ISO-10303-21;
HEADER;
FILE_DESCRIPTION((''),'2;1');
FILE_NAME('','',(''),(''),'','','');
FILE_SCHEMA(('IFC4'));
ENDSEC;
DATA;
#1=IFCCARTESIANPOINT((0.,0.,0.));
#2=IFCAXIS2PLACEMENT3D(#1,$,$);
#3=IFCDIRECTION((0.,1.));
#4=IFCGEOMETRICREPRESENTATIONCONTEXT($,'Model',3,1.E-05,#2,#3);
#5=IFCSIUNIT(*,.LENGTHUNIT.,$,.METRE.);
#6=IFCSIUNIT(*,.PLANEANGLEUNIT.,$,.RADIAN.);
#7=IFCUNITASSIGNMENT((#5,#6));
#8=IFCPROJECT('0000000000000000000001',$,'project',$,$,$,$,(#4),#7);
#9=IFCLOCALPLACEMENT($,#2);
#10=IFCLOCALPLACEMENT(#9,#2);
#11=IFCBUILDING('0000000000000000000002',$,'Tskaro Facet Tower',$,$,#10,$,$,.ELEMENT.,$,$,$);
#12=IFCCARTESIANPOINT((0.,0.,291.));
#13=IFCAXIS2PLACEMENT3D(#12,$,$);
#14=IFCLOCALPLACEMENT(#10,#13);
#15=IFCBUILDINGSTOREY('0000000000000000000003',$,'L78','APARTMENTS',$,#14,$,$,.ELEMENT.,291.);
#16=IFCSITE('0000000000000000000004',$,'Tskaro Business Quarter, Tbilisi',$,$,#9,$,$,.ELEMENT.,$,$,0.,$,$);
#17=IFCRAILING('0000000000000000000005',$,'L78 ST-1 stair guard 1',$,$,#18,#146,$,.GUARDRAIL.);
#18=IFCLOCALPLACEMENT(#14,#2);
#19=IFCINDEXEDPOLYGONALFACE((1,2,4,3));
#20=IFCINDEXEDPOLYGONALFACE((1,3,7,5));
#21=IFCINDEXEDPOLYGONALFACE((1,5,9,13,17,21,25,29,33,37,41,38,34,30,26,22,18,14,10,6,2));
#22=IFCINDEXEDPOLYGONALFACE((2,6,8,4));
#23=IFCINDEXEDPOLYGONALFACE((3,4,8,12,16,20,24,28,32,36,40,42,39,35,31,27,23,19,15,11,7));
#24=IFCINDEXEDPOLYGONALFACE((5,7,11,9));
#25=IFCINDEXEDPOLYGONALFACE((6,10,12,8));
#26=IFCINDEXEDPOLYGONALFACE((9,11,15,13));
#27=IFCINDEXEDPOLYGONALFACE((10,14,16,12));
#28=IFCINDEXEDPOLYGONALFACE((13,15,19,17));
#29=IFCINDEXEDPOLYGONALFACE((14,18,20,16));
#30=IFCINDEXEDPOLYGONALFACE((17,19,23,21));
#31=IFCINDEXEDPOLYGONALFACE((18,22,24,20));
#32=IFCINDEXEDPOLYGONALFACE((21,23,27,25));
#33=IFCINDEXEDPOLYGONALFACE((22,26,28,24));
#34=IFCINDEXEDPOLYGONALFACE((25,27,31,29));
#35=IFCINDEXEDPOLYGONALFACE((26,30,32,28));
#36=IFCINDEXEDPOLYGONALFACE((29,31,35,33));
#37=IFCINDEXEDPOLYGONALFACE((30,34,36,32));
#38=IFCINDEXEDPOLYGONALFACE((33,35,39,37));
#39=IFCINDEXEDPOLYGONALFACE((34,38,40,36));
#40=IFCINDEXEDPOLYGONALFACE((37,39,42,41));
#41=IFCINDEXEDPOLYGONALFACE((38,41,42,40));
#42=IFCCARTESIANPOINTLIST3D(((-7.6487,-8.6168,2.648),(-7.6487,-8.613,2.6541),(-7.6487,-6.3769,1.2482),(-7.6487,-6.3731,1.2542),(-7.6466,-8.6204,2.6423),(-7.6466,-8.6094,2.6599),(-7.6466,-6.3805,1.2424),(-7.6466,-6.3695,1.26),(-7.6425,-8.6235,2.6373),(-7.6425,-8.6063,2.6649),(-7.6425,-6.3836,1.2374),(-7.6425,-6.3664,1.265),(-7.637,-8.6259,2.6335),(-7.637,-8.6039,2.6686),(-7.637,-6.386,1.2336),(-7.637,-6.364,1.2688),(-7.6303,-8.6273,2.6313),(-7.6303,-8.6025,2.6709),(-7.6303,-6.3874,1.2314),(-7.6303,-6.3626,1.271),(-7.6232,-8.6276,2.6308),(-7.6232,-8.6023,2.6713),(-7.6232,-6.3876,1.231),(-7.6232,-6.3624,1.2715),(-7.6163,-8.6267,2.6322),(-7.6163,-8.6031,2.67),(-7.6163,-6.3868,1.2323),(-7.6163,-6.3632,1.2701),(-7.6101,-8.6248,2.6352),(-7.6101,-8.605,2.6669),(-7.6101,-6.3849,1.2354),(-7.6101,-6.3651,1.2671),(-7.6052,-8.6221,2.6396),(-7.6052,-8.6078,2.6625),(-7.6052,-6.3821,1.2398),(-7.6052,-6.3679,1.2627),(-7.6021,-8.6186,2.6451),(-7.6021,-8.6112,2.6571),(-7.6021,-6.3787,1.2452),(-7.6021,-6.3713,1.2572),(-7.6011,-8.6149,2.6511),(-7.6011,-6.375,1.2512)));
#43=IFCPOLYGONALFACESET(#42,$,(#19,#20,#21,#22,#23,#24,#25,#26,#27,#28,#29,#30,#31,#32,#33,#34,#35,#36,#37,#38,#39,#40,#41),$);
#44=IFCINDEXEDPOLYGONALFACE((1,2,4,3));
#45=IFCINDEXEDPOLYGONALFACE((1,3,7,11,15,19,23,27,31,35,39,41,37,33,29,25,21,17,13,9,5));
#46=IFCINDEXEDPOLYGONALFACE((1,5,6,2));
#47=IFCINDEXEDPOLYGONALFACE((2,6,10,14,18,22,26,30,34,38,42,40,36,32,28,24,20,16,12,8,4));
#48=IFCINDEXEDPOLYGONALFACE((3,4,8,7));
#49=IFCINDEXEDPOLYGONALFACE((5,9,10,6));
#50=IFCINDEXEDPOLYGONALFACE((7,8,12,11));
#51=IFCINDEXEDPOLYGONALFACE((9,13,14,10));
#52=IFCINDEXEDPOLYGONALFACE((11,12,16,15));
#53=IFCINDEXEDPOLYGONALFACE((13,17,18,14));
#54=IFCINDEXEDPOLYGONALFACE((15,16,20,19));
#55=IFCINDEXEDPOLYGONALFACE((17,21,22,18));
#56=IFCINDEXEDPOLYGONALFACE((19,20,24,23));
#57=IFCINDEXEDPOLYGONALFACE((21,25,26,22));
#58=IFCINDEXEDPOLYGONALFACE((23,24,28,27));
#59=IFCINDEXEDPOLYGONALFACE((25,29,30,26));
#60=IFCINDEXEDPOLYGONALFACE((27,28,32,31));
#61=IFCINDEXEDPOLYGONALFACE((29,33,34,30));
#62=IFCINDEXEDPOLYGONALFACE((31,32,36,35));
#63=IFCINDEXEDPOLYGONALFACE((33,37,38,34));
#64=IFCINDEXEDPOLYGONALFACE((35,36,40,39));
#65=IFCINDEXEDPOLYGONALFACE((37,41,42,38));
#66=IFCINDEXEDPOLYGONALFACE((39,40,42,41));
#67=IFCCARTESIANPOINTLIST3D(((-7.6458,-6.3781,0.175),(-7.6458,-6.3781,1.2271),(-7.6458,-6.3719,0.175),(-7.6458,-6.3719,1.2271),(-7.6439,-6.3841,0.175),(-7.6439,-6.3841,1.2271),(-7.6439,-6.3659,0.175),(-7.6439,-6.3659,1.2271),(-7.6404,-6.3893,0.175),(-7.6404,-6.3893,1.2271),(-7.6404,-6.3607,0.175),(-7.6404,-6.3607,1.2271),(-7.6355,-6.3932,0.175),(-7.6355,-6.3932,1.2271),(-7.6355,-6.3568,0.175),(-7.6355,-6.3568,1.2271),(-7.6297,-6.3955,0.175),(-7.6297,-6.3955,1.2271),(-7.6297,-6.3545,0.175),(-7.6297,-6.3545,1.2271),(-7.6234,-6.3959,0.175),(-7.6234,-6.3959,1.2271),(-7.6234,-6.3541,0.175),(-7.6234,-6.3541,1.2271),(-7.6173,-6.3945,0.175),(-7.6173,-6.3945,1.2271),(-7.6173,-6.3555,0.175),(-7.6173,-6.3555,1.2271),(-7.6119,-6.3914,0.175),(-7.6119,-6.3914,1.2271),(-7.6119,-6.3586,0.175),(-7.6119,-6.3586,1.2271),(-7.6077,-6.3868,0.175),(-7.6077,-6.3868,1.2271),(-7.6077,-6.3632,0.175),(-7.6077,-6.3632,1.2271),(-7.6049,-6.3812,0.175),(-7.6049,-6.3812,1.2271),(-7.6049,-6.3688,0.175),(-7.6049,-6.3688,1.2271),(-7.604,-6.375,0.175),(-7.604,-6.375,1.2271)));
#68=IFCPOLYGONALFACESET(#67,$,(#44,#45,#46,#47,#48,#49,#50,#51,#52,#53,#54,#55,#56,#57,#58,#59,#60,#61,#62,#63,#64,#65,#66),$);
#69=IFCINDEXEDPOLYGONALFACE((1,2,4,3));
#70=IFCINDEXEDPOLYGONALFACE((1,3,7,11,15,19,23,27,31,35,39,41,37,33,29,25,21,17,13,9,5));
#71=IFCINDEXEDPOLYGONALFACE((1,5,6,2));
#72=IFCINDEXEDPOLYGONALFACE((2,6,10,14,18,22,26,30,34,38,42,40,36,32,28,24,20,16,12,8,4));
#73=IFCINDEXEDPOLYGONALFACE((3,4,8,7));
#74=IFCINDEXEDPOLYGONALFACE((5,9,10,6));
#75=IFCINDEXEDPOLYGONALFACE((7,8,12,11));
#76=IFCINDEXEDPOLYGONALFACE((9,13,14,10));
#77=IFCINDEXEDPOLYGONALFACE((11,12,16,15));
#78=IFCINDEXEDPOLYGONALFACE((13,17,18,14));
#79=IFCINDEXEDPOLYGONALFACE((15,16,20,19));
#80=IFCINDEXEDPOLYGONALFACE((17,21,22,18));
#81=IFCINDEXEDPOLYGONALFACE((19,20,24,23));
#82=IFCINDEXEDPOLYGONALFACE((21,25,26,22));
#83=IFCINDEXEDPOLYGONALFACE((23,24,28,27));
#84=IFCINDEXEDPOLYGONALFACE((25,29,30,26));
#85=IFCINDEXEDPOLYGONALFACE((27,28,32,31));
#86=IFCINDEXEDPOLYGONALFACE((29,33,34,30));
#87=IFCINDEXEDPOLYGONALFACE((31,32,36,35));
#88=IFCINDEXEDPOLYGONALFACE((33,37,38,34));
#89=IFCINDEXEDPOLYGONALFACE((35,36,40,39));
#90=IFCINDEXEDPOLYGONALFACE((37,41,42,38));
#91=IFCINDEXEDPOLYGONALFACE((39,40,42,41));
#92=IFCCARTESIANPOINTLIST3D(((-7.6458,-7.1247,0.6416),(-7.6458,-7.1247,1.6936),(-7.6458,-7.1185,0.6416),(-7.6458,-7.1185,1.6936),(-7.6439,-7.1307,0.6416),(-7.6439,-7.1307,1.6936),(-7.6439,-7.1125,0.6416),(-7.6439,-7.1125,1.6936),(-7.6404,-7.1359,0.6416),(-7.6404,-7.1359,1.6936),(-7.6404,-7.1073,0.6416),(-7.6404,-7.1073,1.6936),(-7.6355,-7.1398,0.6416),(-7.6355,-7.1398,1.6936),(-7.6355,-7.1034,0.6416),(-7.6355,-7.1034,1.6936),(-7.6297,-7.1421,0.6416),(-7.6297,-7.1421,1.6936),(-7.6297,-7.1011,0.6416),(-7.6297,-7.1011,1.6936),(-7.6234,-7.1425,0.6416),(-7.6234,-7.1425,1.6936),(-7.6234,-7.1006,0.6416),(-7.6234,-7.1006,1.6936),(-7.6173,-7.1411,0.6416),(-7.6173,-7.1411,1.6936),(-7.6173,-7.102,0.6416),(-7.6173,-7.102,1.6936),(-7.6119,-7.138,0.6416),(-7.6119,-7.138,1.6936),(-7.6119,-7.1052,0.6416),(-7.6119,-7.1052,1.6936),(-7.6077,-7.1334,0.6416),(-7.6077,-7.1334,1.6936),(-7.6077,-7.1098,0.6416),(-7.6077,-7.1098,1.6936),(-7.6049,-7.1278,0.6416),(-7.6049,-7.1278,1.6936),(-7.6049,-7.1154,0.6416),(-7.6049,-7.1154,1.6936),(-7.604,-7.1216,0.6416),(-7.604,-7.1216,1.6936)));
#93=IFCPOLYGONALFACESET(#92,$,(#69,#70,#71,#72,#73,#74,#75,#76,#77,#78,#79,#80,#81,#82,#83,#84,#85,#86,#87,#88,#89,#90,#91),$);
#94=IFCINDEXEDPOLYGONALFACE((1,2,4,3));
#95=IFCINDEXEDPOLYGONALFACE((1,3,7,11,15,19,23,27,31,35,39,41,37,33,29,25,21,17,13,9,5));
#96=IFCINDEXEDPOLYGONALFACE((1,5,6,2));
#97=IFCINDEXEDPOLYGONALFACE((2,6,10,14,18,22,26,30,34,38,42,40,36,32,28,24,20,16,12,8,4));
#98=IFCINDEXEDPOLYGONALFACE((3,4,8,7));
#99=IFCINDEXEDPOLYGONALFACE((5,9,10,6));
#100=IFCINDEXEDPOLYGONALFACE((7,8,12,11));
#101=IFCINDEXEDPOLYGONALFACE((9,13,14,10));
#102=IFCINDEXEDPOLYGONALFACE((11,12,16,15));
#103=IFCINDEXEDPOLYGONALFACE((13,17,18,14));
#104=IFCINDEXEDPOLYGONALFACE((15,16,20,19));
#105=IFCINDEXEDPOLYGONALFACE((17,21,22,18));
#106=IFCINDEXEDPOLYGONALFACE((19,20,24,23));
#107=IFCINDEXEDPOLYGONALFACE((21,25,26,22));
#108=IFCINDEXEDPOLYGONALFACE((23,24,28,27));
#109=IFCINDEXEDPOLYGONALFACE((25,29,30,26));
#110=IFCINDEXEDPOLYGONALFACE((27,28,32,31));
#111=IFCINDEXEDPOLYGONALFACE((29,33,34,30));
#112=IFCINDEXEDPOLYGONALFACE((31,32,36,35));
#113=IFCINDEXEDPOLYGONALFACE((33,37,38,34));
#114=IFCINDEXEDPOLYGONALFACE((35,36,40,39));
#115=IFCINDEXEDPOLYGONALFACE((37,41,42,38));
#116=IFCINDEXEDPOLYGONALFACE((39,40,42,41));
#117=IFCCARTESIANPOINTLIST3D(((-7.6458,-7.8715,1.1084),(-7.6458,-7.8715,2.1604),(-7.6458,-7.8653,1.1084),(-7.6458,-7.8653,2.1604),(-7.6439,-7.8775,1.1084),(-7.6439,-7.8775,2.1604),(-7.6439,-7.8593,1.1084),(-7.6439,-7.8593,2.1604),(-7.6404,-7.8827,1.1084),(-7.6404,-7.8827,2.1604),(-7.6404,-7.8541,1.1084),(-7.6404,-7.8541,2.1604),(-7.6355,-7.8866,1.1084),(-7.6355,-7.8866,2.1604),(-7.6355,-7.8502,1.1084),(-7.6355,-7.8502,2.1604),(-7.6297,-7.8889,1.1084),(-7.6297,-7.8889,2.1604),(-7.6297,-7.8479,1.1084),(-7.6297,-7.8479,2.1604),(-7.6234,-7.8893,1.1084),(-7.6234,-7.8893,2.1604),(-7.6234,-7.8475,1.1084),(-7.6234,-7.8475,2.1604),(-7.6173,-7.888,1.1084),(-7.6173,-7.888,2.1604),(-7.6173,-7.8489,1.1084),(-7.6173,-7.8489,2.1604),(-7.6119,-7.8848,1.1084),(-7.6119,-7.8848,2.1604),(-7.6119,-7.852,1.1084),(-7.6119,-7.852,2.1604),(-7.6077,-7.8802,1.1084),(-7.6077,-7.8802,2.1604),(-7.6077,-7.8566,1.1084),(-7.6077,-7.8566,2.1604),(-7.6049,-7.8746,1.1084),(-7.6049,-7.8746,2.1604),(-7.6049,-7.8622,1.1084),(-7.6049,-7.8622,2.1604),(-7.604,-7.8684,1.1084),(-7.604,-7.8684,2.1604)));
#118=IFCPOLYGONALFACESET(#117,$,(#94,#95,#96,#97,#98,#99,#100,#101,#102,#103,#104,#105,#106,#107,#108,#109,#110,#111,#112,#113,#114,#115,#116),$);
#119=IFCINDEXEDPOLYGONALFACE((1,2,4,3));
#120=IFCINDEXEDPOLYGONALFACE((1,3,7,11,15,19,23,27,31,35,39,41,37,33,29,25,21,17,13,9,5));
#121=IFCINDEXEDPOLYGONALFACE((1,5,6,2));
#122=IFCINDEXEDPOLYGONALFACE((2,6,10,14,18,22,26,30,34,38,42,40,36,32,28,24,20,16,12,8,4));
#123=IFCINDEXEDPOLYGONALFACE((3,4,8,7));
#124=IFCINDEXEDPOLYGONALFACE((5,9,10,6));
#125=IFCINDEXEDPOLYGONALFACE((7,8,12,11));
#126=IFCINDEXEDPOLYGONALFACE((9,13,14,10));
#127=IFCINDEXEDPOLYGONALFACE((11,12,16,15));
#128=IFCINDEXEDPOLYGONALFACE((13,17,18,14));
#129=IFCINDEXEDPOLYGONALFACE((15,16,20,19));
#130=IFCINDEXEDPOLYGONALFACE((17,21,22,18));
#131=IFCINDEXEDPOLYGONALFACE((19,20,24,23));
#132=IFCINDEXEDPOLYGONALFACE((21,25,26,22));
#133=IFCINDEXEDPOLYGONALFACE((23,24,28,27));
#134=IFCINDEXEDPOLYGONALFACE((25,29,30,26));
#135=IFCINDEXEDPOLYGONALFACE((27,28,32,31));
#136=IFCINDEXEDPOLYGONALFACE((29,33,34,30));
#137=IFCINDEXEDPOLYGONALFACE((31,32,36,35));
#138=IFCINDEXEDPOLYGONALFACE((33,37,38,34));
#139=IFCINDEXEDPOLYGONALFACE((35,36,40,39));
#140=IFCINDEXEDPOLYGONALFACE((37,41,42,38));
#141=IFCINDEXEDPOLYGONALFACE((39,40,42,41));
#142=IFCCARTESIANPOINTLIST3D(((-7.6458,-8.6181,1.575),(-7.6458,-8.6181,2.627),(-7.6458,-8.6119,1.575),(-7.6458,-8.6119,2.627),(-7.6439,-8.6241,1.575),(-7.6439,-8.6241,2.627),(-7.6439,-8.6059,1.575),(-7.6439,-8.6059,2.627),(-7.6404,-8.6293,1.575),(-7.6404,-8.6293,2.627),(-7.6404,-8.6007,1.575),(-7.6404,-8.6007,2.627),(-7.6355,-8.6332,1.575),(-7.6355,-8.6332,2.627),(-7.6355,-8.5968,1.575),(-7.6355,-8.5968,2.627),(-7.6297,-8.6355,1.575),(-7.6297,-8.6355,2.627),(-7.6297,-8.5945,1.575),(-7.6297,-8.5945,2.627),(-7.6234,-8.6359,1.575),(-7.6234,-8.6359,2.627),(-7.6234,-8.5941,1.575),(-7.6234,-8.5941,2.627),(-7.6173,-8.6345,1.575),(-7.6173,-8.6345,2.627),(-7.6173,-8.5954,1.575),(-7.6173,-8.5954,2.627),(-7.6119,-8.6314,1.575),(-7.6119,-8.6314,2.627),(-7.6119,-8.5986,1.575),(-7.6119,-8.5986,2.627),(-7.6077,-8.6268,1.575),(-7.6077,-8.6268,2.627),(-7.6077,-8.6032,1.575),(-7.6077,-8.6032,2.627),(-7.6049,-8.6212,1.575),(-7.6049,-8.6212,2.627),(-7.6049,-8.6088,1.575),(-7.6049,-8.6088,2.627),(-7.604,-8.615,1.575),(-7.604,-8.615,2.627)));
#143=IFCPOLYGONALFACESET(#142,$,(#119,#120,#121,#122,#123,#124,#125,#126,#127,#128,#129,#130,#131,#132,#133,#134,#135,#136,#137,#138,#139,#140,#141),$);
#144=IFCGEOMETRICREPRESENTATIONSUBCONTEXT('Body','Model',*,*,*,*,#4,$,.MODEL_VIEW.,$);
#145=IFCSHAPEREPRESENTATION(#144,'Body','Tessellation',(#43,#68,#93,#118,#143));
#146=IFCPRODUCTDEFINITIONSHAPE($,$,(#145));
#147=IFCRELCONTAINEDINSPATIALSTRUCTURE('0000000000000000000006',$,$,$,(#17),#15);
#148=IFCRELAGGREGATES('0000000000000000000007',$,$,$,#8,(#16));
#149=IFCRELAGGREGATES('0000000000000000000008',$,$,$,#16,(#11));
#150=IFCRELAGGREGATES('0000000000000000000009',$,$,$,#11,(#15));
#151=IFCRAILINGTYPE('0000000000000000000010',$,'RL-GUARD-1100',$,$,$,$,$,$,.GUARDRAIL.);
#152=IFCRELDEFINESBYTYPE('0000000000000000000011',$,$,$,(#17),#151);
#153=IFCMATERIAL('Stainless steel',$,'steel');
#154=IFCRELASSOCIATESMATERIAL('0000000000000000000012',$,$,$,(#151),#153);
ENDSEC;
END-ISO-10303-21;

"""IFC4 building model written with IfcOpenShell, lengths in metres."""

from ifc_helpers import new_model, si_unit, direction, frame, origin, origin_2d, place, context, subcontext, project, spatial, circle, extrude, material, type_object, element, save


model = new_model("IFC4")

# Units and contexts
model_context = context("Model", 3, precision=1e-05, world=origin(), true_north=direction((0.0, 1.0)))
body_context = subcontext(model_context, "Body", "Model", "MODEL_VIEW")
ifc_project = project(units=[si_unit("LENGTHUNIT", "METRE"), si_unit("PLANEANGLEUNIT", "RADIAN")], contexts=[model_context])

# Site, building, storey
site_placement = place(None, origin())
site = spatial("IfcSite", under=ifc_project, at=site_placement, Name="Tskaro Business Quarter, Tbilisi", CompositionType="ELEMENT", RefElevation=0.0)
building_placement = place(site_placement, origin())
building = spatial("IfcBuilding", under=site, at=building_placement, Name="Tskaro Facet Tower", CompositionType="ELEMENT")
storey_placement = place(building_placement, frame((0.0, 0.0, 291.0)))
storey = spatial("IfcBuildingStorey", under=building, at=storey_placement, Name="L78", Description="APARTMENTS", CompositionType="ELEMENT", Elevation=291.0)

# Shared definitions
ifc_material_1 = material(Name="Stainless steel", Category="steel")

# Railing
railing_type_1 = type_object("IfcRailingType", Name="RL-GUARD-1100", PredefinedType="GUARDRAIL", material=ifc_material_1)
railing_1_placement = place(storey_placement, frame((-7.625, -6.375, 0.175)))
element("IfcRailing", 1, at=railing_1_placement, inside=storey, type_object=railing_type_1, Name="L78 ST-1 stair guard 1", PredefinedType="GUARDRAIL", context=body_context, shape_type="SweptSolid", body=[
    extrude(circle(Radius=0.0239, at=origin_2d()), frame((0.0, 0.0, 1.0762), z_axis=(0.0, -0.848014, 0.529974), x_axis=(1.0, 0.0, 0.0)), (0.0, 0.0, 1.0), 2.6414),
    extrude(circle(Radius=0.021, at=origin_2d()), origin(), (0.0, 0.0, 1.0), 1.052),
    extrude(circle(Radius=0.021, at=origin_2d()), frame((0.0, -0.7466, 0.4666)), (0.0, 0.0, 1.0), 1.052),
    extrude(circle(Radius=0.021, at=origin_2d()), frame((0.0, -1.4934, 0.9333)), (0.0, 0.0, 1.0), 1.052),
    extrude(circle(Radius=0.021, at=origin_2d()), frame((0.0, -2.24, 1.3999)), (0.0, 0.0, 1.0), 1.052),
])

save(model, "model.ifc")
